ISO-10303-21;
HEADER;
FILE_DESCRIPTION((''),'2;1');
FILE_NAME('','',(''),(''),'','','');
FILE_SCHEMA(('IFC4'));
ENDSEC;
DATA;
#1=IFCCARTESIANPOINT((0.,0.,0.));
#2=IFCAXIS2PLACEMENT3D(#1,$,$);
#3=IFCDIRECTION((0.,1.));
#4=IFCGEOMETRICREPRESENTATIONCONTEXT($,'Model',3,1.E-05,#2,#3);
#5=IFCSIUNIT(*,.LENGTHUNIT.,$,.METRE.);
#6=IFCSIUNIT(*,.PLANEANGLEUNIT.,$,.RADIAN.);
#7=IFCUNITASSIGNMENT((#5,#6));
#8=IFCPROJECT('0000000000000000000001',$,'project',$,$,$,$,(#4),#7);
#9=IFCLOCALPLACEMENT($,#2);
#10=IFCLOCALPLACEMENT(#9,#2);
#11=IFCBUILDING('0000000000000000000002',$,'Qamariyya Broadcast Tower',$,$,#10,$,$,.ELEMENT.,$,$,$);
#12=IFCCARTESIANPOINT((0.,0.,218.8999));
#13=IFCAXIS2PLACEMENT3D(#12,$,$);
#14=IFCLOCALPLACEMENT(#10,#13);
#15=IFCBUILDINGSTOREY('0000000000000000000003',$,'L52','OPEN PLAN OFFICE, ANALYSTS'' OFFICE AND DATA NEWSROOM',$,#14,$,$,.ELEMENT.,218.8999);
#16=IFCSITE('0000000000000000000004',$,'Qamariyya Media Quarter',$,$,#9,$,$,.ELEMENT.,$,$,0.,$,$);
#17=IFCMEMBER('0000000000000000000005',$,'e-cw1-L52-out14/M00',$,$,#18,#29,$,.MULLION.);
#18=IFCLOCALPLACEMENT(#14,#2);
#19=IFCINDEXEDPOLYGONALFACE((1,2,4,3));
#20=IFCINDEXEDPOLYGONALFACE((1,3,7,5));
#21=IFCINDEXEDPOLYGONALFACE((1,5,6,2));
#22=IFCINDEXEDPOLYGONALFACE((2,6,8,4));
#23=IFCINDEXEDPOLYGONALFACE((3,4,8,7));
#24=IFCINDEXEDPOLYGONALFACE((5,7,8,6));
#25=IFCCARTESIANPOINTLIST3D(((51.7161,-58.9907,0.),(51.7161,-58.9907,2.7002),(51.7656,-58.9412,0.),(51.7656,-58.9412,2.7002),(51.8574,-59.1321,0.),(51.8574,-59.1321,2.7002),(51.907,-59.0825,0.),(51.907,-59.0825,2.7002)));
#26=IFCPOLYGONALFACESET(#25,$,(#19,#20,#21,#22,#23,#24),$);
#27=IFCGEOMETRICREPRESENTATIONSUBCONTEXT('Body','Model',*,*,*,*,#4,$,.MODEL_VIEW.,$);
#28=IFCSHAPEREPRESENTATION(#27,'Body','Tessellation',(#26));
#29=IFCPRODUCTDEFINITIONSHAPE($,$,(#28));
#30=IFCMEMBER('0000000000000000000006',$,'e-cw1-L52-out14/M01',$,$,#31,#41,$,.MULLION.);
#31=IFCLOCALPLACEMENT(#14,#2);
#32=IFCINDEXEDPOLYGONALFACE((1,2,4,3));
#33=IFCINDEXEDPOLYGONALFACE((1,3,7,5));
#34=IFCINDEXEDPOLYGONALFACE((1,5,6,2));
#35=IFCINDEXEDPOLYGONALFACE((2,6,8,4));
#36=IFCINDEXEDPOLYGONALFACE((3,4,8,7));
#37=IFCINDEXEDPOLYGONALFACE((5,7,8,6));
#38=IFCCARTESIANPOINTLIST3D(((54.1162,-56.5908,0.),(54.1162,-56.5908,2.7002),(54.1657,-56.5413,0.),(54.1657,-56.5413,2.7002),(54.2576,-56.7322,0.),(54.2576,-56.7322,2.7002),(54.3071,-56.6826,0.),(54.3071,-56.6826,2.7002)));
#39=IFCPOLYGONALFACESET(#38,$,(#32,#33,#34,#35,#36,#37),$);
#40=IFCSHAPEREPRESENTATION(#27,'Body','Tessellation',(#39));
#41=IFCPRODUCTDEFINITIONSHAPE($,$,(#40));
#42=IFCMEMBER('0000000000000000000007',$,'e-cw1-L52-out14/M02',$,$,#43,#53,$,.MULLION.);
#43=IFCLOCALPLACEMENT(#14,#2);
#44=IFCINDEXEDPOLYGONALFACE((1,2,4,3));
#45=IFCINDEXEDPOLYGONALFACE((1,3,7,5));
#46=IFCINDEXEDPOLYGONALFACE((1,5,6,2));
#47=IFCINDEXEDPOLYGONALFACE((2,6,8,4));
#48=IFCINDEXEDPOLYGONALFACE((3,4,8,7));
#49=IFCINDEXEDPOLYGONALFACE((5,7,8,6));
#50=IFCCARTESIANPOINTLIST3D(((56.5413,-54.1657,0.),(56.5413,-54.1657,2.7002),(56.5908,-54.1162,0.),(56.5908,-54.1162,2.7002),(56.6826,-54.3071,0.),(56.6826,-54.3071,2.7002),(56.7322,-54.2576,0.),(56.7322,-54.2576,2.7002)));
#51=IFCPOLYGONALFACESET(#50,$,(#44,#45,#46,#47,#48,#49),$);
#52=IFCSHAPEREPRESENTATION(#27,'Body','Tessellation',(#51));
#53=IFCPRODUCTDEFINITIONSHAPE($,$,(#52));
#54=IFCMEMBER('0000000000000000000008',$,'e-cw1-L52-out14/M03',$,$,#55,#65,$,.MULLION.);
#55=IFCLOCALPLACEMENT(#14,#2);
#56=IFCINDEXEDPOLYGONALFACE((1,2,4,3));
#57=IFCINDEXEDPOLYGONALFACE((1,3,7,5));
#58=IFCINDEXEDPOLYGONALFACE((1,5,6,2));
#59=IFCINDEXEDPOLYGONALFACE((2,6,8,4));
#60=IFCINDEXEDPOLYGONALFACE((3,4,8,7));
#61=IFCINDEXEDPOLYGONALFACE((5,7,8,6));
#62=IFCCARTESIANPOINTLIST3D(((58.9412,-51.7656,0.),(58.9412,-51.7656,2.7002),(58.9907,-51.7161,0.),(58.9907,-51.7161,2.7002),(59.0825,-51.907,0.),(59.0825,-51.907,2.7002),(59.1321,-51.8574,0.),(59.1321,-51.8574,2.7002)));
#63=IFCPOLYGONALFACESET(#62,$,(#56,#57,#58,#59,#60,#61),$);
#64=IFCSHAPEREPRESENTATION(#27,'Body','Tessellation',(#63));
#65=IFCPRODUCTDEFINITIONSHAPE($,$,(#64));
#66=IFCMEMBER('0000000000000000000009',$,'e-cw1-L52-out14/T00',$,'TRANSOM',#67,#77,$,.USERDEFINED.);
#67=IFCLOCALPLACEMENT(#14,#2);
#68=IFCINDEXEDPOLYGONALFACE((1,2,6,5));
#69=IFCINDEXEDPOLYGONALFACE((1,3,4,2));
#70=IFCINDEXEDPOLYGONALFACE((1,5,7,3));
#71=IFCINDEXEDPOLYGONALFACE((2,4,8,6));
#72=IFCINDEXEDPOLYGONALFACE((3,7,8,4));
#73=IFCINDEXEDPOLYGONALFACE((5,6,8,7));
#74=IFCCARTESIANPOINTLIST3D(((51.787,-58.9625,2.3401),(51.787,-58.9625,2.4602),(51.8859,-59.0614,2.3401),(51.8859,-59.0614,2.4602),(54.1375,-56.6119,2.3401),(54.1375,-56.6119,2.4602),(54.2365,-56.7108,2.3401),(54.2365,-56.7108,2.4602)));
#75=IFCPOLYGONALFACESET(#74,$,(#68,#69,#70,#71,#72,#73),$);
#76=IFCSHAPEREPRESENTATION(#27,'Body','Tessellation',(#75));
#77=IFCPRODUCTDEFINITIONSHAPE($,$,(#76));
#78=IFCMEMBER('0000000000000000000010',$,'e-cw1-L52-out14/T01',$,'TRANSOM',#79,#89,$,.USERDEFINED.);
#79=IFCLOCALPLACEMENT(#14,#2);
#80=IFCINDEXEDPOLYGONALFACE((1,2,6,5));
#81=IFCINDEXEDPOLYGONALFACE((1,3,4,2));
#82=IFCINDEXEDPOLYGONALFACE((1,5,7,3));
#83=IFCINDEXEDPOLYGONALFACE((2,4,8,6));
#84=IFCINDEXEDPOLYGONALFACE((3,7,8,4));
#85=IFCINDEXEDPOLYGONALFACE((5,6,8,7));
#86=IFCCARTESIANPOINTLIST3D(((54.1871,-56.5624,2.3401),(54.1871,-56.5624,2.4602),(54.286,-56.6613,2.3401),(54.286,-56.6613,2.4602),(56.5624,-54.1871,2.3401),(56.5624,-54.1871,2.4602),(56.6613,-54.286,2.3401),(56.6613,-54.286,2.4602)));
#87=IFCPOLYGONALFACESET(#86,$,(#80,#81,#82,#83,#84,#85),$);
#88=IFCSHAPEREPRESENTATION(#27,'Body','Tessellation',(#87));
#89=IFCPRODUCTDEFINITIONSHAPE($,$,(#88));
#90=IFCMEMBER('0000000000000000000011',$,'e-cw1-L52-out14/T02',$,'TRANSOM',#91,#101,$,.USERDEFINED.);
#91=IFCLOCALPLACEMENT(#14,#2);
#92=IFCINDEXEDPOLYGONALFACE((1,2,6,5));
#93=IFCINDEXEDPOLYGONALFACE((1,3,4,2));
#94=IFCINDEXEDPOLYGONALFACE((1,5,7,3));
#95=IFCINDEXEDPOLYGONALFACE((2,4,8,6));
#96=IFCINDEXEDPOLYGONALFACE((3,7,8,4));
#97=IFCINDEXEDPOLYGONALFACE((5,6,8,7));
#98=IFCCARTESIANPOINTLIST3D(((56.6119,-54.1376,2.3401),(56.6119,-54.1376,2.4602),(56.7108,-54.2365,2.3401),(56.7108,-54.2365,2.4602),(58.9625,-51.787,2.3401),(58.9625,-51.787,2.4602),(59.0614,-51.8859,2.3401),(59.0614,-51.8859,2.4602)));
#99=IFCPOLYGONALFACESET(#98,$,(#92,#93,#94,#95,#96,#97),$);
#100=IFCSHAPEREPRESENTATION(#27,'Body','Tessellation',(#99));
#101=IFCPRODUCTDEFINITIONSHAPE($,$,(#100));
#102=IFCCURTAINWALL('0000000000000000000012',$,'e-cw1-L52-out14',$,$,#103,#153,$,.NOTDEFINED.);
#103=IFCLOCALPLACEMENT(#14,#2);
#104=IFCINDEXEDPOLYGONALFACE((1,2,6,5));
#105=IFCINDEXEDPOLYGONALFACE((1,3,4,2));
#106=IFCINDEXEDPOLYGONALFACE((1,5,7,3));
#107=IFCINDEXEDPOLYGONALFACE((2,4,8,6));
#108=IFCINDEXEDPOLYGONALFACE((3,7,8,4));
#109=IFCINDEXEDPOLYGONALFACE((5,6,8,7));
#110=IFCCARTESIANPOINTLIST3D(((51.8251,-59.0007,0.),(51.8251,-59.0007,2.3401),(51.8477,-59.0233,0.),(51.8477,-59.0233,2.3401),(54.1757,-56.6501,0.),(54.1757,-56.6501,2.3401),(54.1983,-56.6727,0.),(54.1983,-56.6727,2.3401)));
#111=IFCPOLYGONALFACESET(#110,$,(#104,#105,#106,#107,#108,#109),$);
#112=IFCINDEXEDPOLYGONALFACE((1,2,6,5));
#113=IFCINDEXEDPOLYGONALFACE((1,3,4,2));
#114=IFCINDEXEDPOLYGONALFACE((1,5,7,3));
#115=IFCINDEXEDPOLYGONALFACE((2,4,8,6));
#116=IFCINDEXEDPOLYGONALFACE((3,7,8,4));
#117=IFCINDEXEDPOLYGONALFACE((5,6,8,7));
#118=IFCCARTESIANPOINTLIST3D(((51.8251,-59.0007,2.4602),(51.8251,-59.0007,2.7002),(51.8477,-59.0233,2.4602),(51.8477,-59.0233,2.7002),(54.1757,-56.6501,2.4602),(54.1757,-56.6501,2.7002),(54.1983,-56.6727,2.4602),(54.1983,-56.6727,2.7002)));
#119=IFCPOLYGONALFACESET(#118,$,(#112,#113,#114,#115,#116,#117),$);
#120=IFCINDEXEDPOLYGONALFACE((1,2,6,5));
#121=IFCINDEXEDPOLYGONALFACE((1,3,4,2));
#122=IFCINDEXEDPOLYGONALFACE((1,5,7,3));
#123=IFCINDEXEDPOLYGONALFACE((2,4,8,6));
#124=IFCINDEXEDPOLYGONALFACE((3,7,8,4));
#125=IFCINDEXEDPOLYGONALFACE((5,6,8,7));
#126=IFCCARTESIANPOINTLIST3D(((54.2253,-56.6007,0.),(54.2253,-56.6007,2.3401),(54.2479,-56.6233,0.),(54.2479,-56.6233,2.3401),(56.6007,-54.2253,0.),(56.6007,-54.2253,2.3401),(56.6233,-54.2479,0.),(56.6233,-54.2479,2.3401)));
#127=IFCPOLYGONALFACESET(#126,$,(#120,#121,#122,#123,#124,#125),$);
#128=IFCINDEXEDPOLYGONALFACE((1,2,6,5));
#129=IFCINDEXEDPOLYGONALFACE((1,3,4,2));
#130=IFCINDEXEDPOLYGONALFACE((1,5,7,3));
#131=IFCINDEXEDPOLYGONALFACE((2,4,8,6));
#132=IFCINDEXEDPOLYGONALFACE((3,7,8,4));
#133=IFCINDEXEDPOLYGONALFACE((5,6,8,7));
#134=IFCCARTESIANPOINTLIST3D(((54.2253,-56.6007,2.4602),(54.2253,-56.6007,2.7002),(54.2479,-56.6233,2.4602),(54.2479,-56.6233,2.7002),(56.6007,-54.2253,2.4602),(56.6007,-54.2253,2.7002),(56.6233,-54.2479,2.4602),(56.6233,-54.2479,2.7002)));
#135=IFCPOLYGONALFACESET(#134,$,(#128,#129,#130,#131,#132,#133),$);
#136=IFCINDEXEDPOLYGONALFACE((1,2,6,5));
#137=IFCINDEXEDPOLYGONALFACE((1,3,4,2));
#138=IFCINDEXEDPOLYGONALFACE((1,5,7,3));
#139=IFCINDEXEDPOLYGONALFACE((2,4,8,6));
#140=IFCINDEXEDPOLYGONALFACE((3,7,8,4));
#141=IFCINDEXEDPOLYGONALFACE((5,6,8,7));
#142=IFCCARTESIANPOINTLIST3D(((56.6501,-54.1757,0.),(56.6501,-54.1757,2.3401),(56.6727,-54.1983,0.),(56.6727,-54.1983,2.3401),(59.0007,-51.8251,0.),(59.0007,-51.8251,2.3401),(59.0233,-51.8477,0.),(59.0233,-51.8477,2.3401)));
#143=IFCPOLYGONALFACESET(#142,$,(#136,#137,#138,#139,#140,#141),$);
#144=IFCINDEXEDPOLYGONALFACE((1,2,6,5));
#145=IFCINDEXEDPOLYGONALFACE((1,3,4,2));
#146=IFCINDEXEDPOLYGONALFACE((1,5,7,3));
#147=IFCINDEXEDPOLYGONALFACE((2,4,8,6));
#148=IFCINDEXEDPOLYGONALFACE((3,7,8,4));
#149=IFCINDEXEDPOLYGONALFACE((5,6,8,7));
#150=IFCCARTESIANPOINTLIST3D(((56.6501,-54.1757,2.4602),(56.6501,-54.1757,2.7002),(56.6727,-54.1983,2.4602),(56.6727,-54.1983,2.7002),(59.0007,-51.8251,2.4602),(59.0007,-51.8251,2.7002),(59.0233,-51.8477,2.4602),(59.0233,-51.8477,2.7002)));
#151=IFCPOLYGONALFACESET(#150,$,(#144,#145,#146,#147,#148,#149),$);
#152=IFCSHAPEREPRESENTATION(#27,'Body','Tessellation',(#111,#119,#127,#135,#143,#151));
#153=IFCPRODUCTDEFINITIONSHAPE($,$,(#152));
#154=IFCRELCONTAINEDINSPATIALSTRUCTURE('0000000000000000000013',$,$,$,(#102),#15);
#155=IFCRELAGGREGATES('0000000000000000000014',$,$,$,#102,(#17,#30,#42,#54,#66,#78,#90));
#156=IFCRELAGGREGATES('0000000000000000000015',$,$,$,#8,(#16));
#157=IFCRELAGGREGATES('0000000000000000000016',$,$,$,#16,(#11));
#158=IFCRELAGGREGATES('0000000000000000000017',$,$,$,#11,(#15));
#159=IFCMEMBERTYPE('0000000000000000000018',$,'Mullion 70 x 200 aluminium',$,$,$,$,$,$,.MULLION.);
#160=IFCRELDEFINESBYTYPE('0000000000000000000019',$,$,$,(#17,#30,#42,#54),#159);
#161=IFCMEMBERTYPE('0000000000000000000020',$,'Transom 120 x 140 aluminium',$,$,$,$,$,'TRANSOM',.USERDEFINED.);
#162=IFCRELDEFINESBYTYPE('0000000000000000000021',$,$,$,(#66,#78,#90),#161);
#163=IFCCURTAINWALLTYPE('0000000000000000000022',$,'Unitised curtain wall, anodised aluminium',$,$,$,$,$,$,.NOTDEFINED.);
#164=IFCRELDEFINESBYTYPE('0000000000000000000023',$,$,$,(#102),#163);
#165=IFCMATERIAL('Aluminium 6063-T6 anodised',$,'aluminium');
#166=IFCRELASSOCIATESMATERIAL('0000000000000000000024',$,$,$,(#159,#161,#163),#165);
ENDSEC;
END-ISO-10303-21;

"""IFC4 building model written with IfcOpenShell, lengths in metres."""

from ifc_helpers import new_model, si_unit, direction, frame, origin, origin_2d, place, context, subcontext, project, spatial, rectangle, extrude, material, material_profile, profile_set, type_object, element, aggregate, save


model = new_model("IFC4")

# Units and contexts
model_context = context("Model", 3, precision=1e-05, world=origin(), true_north=direction((0.0, 1.0)))
body_context = subcontext(model_context, "Body", "Model", "MODEL_VIEW")
ifc_project = project(units=[si_unit("LENGTHUNIT", "METRE"), si_unit("PLANEANGLEUNIT", "RADIAN")], contexts=[model_context])

# Members
ifc_material_1 = material(Name="Aluminium 6063-T6 anodised", Category="aluminium")
ifc_material_profile_1 = material_profile(ifc_material_1, rectangle(XDim=0.2, YDim=0.0701, at=origin_2d()))
ifc_profile_set_1 = profile_set([ifc_material_profile_1], Name="Aluminium 6063-T6 anodised")
member_type_1 = type_object("IfcMemberType", Name="Mullion 70 x 200 aluminium", PredefinedType="MULLION", material=ifc_profile_set_1)
site_placement = place(None, origin())
building_placement = place(site_placement, origin())
storey_placement = place(building_placement, frame((0.0, 0.0, 218.8999)))
member_1_placement = place(storey_placement, frame((51.8115, -59.0366, 0.0), z_axis=(0.0, 0.0, 1.0), x_axis=(-0.707107, 0.707107, 0.0)))
member_1 = element("IfcMember", 1, at=member_1_placement, type_object=member_type_1, Name="e-cw1-L52-out14/M00", PredefinedType="MULLION", context=body_context, shape_type="SweptSolid", body=[
    extrude(rectangle(XDim=0.2, YDim=0.0701, at=origin_2d()), origin(), (0.0, 0.0, 1.0), 2.7002),
])
member_2_placement = place(storey_placement, frame((54.2117, -56.6367, 0.0), z_axis=(0.0, 0.0, 1.0), x_axis=(-0.707107, 0.707107, 0.0)))
member_2 = element("IfcMember", 2, at=member_2_placement, type_object=member_type_1, Name="e-cw1-L52-out14/M01", PredefinedType="MULLION", context=body_context, shape_type="SweptSolid", body=[
    extrude(rectangle(XDim=0.2, YDim=0.0701, at=origin_2d()), origin(), (0.0, 0.0, 1.0), 2.7002),
])
member_3_placement = place(storey_placement, frame((56.6367, -54.2117, 0.0), z_axis=(0.0, 0.0, 1.0), x_axis=(-0.707107, 0.707107, 0.0)))
member_3 = element("IfcMember", 3, at=member_3_placement, type_object=member_type_1, Name="e-cw1-L52-out14/M02", PredefinedType="MULLION", context=body_context, shape_type="SweptSolid", body=[
    extrude(rectangle(XDim=0.2, YDim=0.0701, at=origin_2d()), origin(), (0.0, 0.0, 1.0), 2.7002),
])
member_4_placement = place(storey_placement, frame((59.0366, -51.8115, 0.0), z_axis=(0.0, 0.0, 1.0), x_axis=(-0.707107, 0.707107, 0.0)))
member_4 = element("IfcMember", 4, at=member_4_placement, type_object=member_type_1, Name="e-cw1-L52-out14/M03", PredefinedType="MULLION", context=body_context, shape_type="SweptSolid", body=[
    extrude(rectangle(XDim=0.2, YDim=0.0701, at=origin_2d()), origin(), (0.0, 0.0, 1.0), 2.7002),
])
ifc_material_profile_2 = material_profile(ifc_material_1, rectangle(XDim=0.1399, YDim=0.1201, at=origin_2d()))
ifc_profile_set_2 = profile_set([ifc_material_profile_2], Name="Aluminium 6063-T6 anodised")
member_type_2 = type_object("IfcMemberType", Name="Transom 120 x 140 aluminium", ElementType="TRANSOM", PredefinedType="USERDEFINED", material=ifc_profile_set_2)
member_5_placement = place(storey_placement, frame((51.8364, -59.012, 2.4001), z_axis=(0.707107, 0.707107, 0.0), x_axis=(-0.707107, 0.707107, 0.0)))
member_5 = element("IfcMember", 5, at=member_5_placement, type_object=member_type_2, Name="e-cw1-L52-out14/T00", ObjectType="TRANSOM", PredefinedType="USERDEFINED", context=body_context, shape_type="SweptSolid", body=[
    extrude(rectangle(XDim=0.1399, YDim=0.1201, at=origin_2d()), origin(), (0.0, 0.0, 1.0), 3.3242),
])
member_6_placement = place(storey_placement, frame((54.2366, -56.6118, 2.4001), z_axis=(0.707107, 0.707107, 0.0), x_axis=(-0.707107, 0.707107, 0.0)))
member_6 = element("IfcMember", 6, at=member_6_placement, type_object=member_type_2, Name="e-cw1-L52-out14/T01", ObjectType="TRANSOM", PredefinedType="USERDEFINED", context=body_context, shape_type="SweptSolid", body=[
    extrude(rectangle(XDim=0.1399, YDim=0.1201, at=origin_2d()), origin(), (0.0, 0.0, 1.0), 3.3591),
])
member_7_placement = place(storey_placement, frame((56.6614, -54.187, 2.4001), z_axis=(0.707107, 0.707107, 0.0), x_axis=(-0.707107, 0.707107, 0.0)))
member_7 = element("IfcMember", 7, at=member_7_placement, type_object=member_type_2, Name="e-cw1-L52-out14/T02", ObjectType="TRANSOM", PredefinedType="USERDEFINED", context=body_context, shape_type="SweptSolid", body=[
    extrude(rectangle(XDim=0.1399, YDim=0.1201, at=origin_2d()), origin(), (0.0, 0.0, 1.0), 3.3242),
])

# Site, building, storey
site = spatial("IfcSite", under=ifc_project, at=site_placement, Name="Qamariyya Media Quarter", CompositionType="ELEMENT", RefElevation=0.0)
building = spatial("IfcBuilding", under=site, at=building_placement, Name="Qamariyya Broadcast Tower", CompositionType="ELEMENT")
storey = spatial("IfcBuildingStorey", under=building, at=storey_placement, Name="L52", Description="OPEN PLAN OFFICE, ANALYSTS' OFFICE AND DATA NEWSROOM", CompositionType="ELEMENT", Elevation=218.8999)

# Curtain wall
curtain_wall_type = type_object("IfcCurtainWallType", Name="Unitised curtain wall, anodised aluminium", PredefinedType="NOTDEFINED", material=ifc_material_1)
curtain_wall_1_placement = place(storey_placement, origin())
curtain_wall_1 = element("IfcCurtainWall", 8, at=curtain_wall_1_placement, inside=storey, type_object=curtain_wall_type, Name="e-cw1-L52-out14", PredefinedType="NOTDEFINED", context=body_context, shape_type="SweptSolid", body=[
    extrude(rectangle(XDim=3.3242, YDim=0.032, at=origin_2d()), frame((53.0117, -57.8367, 0.0), x_axis=(0.707107, 0.707107, 0.0)), (0.0, 0.0, 1.0), 2.3401),
    extrude(rectangle(XDim=3.3242, YDim=0.032, at=origin_2d()), frame((53.0117, -57.8367, 2.4602), x_axis=(0.707107, 0.707107, 0.0)), (0.0, 0.0, 1.0), 0.24),
    extrude(rectangle(XDim=3.3594, YDim=0.032, at=origin_2d()), frame((55.4243, -55.4243, 0.0), x_axis=(0.707107, 0.707107, 0.0)), (0.0, 0.0, 1.0), 2.3401),
    extrude(rectangle(XDim=3.3594, YDim=0.032, at=origin_2d()), frame((55.4243, -55.4243, 2.4602), x_axis=(0.707107, 0.707107, 0.0)), (0.0, 0.0, 1.0), 0.24),
    extrude(rectangle(XDim=3.3242, YDim=0.032, at=origin_2d()), frame((57.8367, -53.0117, 0.0), x_axis=(0.707107, 0.707107, 0.0)), (0.0, 0.0, 1.0), 2.3401),
    extrude(rectangle(XDim=3.3242, YDim=0.032, at=origin_2d()), frame((57.8367, -53.0117, 2.4602), x_axis=(0.707107, 0.707107, 0.0)), (0.0, 0.0, 1.0), 0.24),
])
aggregate(curtain_wall_1, [member_1, member_2, member_3, member_4, member_5, member_6, member_7])

save(model, "model.ifc")
